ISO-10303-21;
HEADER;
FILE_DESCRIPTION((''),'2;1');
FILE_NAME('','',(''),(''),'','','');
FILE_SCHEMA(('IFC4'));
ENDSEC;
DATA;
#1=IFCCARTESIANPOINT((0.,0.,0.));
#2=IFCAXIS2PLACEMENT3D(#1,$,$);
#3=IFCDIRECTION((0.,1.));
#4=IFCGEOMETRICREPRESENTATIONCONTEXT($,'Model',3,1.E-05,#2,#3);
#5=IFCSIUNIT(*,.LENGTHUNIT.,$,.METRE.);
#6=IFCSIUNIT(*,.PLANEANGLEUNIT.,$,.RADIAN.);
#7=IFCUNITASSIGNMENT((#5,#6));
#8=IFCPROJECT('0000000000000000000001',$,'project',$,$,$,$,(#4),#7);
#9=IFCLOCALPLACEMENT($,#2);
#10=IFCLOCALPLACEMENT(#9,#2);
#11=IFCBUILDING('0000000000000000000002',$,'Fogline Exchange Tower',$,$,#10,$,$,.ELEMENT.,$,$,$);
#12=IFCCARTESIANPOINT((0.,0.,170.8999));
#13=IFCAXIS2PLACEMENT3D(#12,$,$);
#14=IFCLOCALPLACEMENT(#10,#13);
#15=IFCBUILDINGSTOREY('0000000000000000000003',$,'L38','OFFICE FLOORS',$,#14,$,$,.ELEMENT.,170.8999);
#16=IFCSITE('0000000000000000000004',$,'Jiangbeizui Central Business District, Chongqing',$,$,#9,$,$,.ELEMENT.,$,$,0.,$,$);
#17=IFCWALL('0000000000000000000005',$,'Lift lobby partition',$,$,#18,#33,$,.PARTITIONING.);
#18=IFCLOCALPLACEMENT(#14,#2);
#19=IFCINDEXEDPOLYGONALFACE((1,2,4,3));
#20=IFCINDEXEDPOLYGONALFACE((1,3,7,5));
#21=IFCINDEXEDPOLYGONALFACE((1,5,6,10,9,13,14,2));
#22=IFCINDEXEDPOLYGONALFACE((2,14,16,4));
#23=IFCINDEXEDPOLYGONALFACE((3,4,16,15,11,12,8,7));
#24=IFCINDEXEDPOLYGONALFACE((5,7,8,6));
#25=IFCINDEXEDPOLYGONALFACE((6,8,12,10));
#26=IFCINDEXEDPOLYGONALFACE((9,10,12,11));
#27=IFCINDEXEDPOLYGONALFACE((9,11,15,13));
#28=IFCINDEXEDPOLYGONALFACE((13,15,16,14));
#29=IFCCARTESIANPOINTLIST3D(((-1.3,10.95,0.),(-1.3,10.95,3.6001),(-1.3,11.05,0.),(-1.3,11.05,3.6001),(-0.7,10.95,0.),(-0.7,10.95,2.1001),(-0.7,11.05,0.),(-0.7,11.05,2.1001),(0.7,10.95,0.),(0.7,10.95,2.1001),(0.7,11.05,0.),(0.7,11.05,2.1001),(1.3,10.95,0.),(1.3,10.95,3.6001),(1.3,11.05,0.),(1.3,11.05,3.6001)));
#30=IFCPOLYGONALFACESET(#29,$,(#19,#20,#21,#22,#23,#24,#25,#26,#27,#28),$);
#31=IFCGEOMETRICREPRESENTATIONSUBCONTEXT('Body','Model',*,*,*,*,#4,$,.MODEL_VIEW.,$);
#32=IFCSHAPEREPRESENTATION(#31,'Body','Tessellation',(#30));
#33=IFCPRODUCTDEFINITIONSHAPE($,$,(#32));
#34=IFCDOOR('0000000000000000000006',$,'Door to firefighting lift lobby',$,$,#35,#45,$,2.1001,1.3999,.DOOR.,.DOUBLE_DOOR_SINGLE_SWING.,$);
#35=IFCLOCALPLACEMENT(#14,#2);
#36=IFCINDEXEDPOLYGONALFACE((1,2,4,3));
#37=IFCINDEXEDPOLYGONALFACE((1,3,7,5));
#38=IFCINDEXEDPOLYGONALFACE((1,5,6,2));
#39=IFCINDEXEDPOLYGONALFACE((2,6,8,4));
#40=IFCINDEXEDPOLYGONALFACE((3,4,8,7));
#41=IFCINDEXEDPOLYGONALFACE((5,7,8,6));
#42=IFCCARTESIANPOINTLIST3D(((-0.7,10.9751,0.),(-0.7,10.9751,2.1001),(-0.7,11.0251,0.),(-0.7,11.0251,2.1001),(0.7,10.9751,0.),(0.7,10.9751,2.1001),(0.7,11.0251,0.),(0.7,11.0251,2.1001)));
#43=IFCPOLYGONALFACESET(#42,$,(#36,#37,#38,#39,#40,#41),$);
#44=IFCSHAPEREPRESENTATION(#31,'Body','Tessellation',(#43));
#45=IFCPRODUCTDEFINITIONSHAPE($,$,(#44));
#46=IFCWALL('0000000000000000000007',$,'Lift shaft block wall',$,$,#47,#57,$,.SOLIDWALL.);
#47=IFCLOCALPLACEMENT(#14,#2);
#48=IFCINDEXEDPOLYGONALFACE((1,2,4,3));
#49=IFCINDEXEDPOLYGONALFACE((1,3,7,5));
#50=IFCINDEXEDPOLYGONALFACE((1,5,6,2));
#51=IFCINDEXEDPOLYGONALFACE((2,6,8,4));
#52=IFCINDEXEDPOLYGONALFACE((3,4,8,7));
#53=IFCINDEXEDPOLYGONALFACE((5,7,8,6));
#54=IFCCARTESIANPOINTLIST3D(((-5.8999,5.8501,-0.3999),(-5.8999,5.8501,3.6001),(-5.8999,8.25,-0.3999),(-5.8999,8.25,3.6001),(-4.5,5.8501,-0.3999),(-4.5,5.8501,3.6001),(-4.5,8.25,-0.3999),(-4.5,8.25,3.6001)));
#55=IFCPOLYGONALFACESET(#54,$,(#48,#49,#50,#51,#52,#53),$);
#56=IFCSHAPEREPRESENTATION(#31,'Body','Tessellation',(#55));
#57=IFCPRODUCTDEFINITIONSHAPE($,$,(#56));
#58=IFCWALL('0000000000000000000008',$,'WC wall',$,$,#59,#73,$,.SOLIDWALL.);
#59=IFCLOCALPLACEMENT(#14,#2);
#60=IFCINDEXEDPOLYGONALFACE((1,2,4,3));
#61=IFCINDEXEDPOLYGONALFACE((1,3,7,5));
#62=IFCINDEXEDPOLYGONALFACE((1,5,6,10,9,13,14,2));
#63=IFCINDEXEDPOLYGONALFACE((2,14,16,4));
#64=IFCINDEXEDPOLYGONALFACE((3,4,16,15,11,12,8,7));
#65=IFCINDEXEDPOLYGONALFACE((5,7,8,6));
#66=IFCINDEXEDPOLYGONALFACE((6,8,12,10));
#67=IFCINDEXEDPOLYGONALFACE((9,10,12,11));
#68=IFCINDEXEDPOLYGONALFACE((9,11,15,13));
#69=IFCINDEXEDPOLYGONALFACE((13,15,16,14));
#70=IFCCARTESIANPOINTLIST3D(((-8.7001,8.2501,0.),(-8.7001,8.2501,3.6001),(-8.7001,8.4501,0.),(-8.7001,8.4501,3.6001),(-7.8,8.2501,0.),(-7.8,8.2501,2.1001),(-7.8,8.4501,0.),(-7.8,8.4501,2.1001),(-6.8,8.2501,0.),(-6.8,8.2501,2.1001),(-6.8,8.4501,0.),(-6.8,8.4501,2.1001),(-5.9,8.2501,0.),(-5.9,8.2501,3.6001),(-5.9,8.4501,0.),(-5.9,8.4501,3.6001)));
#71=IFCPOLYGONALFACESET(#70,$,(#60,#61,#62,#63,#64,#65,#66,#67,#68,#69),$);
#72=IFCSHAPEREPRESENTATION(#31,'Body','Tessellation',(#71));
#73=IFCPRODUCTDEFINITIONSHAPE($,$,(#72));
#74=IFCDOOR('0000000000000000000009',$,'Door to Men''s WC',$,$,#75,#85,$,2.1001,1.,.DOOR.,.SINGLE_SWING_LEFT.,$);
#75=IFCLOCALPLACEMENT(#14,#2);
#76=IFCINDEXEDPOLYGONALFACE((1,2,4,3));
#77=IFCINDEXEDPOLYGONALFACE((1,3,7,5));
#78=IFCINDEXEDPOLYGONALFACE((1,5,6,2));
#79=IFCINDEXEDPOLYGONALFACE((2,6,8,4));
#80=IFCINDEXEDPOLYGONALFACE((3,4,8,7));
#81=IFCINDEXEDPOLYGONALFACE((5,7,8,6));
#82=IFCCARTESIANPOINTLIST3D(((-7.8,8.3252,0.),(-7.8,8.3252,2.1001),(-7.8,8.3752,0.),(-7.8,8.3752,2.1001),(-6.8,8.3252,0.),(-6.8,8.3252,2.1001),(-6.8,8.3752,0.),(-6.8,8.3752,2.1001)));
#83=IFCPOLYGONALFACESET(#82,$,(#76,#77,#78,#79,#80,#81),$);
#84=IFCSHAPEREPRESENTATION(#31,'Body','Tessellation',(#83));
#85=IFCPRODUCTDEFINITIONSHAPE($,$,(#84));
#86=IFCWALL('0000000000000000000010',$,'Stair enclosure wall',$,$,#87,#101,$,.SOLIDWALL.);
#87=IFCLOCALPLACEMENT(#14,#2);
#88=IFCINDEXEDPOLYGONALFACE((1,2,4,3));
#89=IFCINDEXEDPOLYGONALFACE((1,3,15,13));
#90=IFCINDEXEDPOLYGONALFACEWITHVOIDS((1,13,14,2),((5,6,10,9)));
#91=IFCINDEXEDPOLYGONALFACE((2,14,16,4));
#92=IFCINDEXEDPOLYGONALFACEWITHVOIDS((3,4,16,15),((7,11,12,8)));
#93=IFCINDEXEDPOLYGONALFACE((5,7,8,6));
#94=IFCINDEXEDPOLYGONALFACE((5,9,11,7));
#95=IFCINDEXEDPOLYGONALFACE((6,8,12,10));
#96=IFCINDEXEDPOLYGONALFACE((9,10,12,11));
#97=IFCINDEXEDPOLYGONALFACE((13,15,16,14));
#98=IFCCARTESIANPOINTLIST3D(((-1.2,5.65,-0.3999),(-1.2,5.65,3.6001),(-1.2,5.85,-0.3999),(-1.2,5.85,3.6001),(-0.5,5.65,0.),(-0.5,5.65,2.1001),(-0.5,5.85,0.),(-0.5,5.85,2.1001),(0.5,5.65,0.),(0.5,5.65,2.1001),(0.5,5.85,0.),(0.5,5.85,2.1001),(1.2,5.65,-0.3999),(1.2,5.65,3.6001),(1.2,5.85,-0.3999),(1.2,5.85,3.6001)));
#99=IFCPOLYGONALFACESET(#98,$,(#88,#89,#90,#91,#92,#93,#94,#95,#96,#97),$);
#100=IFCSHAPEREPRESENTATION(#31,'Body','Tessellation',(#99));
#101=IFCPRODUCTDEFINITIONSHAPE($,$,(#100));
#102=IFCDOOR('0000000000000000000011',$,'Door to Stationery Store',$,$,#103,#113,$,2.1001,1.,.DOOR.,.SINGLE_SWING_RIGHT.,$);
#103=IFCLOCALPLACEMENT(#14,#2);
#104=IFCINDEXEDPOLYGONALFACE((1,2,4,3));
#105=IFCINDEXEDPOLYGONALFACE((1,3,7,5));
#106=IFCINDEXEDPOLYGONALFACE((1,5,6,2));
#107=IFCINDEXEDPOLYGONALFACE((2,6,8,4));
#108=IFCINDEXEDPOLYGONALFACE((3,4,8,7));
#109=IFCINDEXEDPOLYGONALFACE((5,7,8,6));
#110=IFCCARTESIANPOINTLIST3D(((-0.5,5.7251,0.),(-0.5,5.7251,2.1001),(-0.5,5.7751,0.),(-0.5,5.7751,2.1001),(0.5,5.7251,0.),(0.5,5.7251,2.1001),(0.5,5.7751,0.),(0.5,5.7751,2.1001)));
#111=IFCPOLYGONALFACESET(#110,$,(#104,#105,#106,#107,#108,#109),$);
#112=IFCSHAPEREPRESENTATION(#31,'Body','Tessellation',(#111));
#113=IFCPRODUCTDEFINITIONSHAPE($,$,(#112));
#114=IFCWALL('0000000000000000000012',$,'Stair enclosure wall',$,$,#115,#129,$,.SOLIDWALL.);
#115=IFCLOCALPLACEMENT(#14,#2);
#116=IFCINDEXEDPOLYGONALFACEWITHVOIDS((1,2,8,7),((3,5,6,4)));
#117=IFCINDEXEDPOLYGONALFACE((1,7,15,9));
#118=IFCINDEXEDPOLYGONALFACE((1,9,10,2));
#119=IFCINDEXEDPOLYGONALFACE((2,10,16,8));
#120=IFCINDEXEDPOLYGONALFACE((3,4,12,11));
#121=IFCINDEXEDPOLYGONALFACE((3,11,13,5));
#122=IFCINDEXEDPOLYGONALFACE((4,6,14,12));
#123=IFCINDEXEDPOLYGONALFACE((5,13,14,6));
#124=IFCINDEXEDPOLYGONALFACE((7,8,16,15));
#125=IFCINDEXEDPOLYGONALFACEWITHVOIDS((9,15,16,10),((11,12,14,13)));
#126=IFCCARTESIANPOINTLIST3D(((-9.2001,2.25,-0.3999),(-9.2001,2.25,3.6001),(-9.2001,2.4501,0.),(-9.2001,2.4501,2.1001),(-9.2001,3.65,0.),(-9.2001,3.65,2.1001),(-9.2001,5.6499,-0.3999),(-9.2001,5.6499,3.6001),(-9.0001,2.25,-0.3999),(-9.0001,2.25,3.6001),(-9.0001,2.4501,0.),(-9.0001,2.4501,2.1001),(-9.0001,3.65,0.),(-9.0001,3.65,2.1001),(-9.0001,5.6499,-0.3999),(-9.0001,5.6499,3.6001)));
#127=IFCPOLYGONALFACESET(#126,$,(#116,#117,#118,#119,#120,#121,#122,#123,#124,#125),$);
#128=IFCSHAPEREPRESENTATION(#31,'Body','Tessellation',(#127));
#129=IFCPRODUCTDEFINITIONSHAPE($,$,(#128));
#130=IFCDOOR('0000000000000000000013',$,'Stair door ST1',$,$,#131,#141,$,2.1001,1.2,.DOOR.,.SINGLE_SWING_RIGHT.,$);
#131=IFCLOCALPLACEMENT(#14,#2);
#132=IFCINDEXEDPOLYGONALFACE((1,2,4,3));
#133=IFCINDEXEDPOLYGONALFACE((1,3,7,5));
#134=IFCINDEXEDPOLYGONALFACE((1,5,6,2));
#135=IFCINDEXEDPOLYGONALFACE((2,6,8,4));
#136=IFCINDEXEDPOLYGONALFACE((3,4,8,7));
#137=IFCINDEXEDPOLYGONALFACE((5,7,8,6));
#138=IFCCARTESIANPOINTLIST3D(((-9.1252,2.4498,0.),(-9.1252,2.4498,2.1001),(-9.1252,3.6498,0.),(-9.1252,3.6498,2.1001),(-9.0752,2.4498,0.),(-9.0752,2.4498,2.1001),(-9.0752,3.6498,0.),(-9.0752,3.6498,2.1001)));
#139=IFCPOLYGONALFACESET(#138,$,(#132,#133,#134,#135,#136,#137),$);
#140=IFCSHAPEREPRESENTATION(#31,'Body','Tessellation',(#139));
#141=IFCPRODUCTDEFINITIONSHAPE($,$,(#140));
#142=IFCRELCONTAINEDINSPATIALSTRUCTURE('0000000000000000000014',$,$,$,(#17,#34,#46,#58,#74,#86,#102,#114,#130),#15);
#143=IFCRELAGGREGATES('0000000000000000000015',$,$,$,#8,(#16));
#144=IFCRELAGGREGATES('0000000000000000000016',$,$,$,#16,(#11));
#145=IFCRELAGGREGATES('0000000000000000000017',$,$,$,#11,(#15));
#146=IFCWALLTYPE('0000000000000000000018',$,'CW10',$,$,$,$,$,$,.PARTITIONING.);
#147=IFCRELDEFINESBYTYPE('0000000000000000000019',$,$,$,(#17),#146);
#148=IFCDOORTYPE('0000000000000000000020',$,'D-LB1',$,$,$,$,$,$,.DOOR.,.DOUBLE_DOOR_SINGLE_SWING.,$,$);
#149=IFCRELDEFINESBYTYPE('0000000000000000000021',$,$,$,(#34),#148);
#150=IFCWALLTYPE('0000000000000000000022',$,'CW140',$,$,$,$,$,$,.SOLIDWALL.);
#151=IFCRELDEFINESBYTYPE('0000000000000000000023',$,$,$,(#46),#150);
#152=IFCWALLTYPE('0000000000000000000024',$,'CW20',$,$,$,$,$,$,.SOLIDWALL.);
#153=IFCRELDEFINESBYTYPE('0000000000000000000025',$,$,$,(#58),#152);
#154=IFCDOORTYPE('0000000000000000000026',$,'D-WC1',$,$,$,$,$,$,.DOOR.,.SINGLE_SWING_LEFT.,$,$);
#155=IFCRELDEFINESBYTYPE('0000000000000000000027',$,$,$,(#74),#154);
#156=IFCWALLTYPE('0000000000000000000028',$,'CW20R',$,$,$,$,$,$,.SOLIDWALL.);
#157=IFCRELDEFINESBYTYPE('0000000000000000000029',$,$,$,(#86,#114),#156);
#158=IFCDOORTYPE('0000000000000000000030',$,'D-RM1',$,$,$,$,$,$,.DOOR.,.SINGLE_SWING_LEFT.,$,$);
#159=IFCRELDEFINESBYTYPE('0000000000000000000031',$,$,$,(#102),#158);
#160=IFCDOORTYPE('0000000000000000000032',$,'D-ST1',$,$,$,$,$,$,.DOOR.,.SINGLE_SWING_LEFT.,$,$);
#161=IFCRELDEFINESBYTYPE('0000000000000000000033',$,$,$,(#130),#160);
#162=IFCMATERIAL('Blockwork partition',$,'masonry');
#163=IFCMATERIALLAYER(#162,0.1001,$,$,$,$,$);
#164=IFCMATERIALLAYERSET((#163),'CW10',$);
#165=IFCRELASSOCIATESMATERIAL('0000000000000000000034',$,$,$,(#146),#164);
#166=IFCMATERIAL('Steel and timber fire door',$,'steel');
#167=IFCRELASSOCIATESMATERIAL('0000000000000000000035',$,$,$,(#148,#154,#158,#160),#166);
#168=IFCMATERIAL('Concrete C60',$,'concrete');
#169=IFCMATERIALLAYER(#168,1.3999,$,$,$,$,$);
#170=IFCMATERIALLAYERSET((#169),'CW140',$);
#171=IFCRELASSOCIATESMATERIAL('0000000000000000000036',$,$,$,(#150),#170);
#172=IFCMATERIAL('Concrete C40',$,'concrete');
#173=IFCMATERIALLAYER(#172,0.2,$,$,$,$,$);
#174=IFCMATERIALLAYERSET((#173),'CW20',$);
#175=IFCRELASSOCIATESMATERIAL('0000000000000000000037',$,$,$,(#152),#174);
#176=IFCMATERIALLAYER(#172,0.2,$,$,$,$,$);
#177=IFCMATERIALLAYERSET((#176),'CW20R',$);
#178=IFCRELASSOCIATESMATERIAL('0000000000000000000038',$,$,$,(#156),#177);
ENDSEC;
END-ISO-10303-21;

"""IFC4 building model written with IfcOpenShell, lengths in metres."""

from ifc_helpers import new_model, si_unit, direction, frame, frame_2d, origin, place, context, subcontext, project, spatial, rectangle, extrude, material, layer, layer_set, type_object, element, fill, save


model = new_model("IFC4")

# Units and contexts
model_context = context("Model", 3, precision=1e-05, world=origin(), true_north=direction((0.0, 1.0)))
body_context = subcontext(model_context, "Body", "Model", "MODEL_VIEW")
ifc_project = project(units=[si_unit("LENGTHUNIT", "METRE"), si_unit("PLANEANGLEUNIT", "RADIAN")], contexts=[model_context])

# Site, building, storey
site_placement = place(None, origin())
site = spatial("IfcSite", under=ifc_project, at=site_placement, Name="Jiangbeizui Central Business District, Chongqing", CompositionType="ELEMENT", RefElevation=0.0)
building_placement = place(site_placement, origin())
building = spatial("IfcBuilding", under=site, at=building_placement, Name="Fogline Exchange Tower", CompositionType="ELEMENT")
storey_placement = place(building_placement, frame((0.0, 0.0, 170.8999)))
storey = spatial("IfcBuildingStorey", under=building, at=storey_placement, Name="L38", Description="OFFICE FLOORS", CompositionType="ELEMENT", Elevation=170.8999)

# Wall, opening, door
ifc_material_1 = material(Name="Blockwork partition", Category="masonry")
ifc_layer_1 = layer(ifc_material_1, 0.1001)
ifc_layer_set_1 = layer_set([ifc_layer_1], Name="CW10")
wall_type_1 = type_object("IfcWallType", Name="CW10", PredefinedType="PARTITIONING", material=ifc_layer_set_1)
wall_1_placement = place(storey_placement, frame((-1.3, 11.0, 0.0), z_axis=(0.0, 0.0, 1.0), x_axis=(1.0, 0.0, 0.0)))
wall_1 = element("IfcWall", 1, at=wall_1_placement, inside=storey, type_object=wall_type_1, Name="Lift lobby partition", PredefinedType="PARTITIONING", context=body_context, shape_type="SweptSolid", body=[
    extrude(rectangle(XDim=2.6001, YDim=0.1001, at=frame_2d((1.3, 0.0))), origin(), (0.0, 0.0, 1.0), 3.6001),
])
opening_1_placement = place(wall_1_placement, frame((0.6001, 0.0, 0.0)))
opening_1 = element("IfcOpeningElement", 2, at=opening_1_placement, cuts=wall_1, PredefinedType="OPENING", context=body_context, shape_type="SweptSolid", body=[
    extrude(rectangle(XDim=1.3999, YDim=2.1001, at=frame_2d((0.7, 1.05))), frame((0.0, 0.0601, 0.0), z_axis=(0.0, -1.0, 0.0), x_axis=(1.0, 0.0, 0.0)), (0.0, 0.0, 1.0), 0.1201),
])
ifc_material_2 = material(Name="Steel and timber fire door", Category="steel")
door_type_1 = type_object("IfcDoorType", Name="D-LB1", OperationType="DOUBLE_DOOR_SINGLE_SWING", PredefinedType="DOOR", material=ifc_material_2)
door_1_placement = place(opening_1_placement, frame((1.3999, 0.0, 0.0), z_axis=(0.0, 0.0, 1.0), x_axis=(-1.0, 0.0, 0.0)))
door_1 = element("IfcDoor", 3, at=door_1_placement, inside=storey, type_object=door_type_1, Name="Door to firefighting lift lobby", OperationType="DOUBLE_DOOR_SINGLE_SWING", OverallHeight=2.1001, OverallWidth=1.3999, PredefinedType="DOOR", context=body_context, shape_type="SweptSolid", body=[
    extrude(rectangle(XDim=1.3999, YDim=2.1001, at=frame_2d((0.7, 1.05))), frame((0.0, 0.0249, 0.0), z_axis=(0.0, -1.0, 0.0), x_axis=(1.0, 0.0, 0.0)), (0.0, 0.0, 1.0), 0.05),
])
fill(opening_1, door_1)

# Wall
ifc_material_3 = material(Name="Concrete C60", Category="concrete")
ifc_layer_2 = layer(ifc_material_3, 1.3999)
ifc_layer_set_2 = layer_set([ifc_layer_2], Name="CW140")
wall_type_2 = type_object("IfcWallType", Name="CW140", PredefinedType="SOLIDWALL", material=ifc_layer_set_2)
wall_2_placement = place(storey_placement, frame((-5.2, 5.8501, -0.3999), z_axis=(0.0, 0.0, 1.0), x_axis=(0.0, 1.0, 0.0)))
element("IfcWall", 4, at=wall_2_placement, inside=storey, type_object=wall_type_2, Name="Lift shaft block wall", PredefinedType="SOLIDWALL", context=body_context, shape_type="SweptSolid", body=[
    extrude(rectangle(XDim=2.3999, YDim=1.3999, at=frame_2d((1.2, 0.0))), origin(), (0.0, 0.0, 1.0), 4.0),
])

# Walls, openings, doors
ifc_material_4 = material(Name="Concrete C40", Category="concrete")
ifc_layer_3 = layer(ifc_material_4, 0.2)
ifc_layer_set_3 = layer_set([ifc_layer_3], Name="CW20")
wall_type_3 = type_object("IfcWallType", Name="CW20", PredefinedType="SOLIDWALL", material=ifc_layer_set_3)
wall_3_placement = place(storey_placement, frame((-8.7, 8.3501, 0.0), z_axis=(0.0, 0.0, 1.0), x_axis=(1.0, 0.0, 0.0)))
wall_3 = element("IfcWall", 5, at=wall_3_placement, inside=storey, type_object=wall_type_3, Name="WC wall", PredefinedType="SOLIDWALL", context=body_context, shape_type="SweptSolid", body=[
    extrude(rectangle(XDim=2.8, YDim=0.2, at=frame_2d((1.3999, 0.0))), origin(), (0.0, 0.0, 1.0), 3.6001),
])
opening_2_placement = place(wall_3_placement, frame((0.8999, 0.0, 0.0)))
opening_2 = element("IfcOpeningElement", 6, at=opening_2_placement, cuts=wall_3, PredefinedType="OPENING", context=body_context, shape_type="SweptSolid", body=[
    extrude(rectangle(XDim=1.0, YDim=2.1001, at=frame_2d((0.5, 1.05))), frame((0.0, 0.1099, 0.0), z_axis=(0.0, -1.0, 0.0), x_axis=(1.0, 0.0, 0.0)), (0.0, 0.0, 1.0), 0.22),
])
door_type_2 = type_object("IfcDoorType", Name="D-WC1", OperationType="SINGLE_SWING_LEFT", PredefinedType="DOOR", material=ifc_material_2)
door_2_placement = place(opening_2_placement, frame((1.0, 0.0, 0.0), z_axis=(0.0, 0.0, 1.0), x_axis=(-1.0, 0.0, 0.0)))
door_2 = element("IfcDoor", 7, at=door_2_placement, inside=storey, type_object=door_type_2, Name="Door to Men's WC", OperationType="SINGLE_SWING_LEFT", OverallHeight=2.1001, OverallWidth=1.0, PredefinedType="DOOR", context=body_context, shape_type="SweptSolid", body=[
    extrude(rectangle(XDim=1.0, YDim=2.1001, at=frame_2d((0.5, 1.05))), frame((0.0, 0.0249, 0.0), z_axis=(0.0, -1.0, 0.0), x_axis=(1.0, 0.0, 0.0)), (0.0, 0.0, 1.0), 0.05),
])
fill(opening_2, door_2)
ifc_layer_4 = layer(ifc_material_4, 0.2)
ifc_layer_set_4 = layer_set([ifc_layer_4], Name="CW20R")
wall_type_4 = type_object("IfcWallType", Name="CW20R", PredefinedType="SOLIDWALL", material=ifc_layer_set_4)
wall_4_placement = place(storey_placement, frame((-1.2, 5.75, -0.3999), z_axis=(0.0, 0.0, 1.0), x_axis=(1.0, 0.0, 0.0)))
wall_4 = element("IfcWall", 8, at=wall_4_placement, inside=storey, type_object=wall_type_4, Name="Stair enclosure wall", PredefinedType="SOLIDWALL", context=body_context, shape_type="SweptSolid", body=[
    extrude(rectangle(XDim=2.3999, YDim=0.2, at=frame_2d((1.2, 0.0))), origin(), (0.0, 0.0, 1.0), 4.0),
])
opening_3_placement = place(wall_4_placement, frame((0.7, 0.0, 0.3999)))
opening_3 = element("IfcOpeningElement", 9, at=opening_3_placement, cuts=wall_4, PredefinedType="OPENING", context=body_context, shape_type="SweptSolid", body=[
    extrude(rectangle(XDim=1.0, YDim=2.1001, at=frame_2d((0.5, 1.05))), frame((0.0, 0.1099, 0.0), z_axis=(0.0, -1.0, 0.0), x_axis=(1.0, 0.0, 0.0)), (0.0, 0.0, 1.0), 0.22),
])
door_type_3 = type_object("IfcDoorType", Name="D-RM1", OperationType="SINGLE_SWING_LEFT", PredefinedType="DOOR", material=ifc_material_2)
door_3_placement = place(opening_3_placement, frame((1.0, 0.0, 0.0), z_axis=(0.0, 0.0, 1.0), x_axis=(-1.0, 0.0, 0.0)))
door_3 = element("IfcDoor", 10, at=door_3_placement, inside=storey, type_object=door_type_3, Name="Door to Stationery Store", OperationType="SINGLE_SWING_RIGHT", OverallHeight=2.1001, OverallWidth=1.0, PredefinedType="DOOR", context=body_context, shape_type="SweptSolid", body=[
    extrude(rectangle(XDim=1.0, YDim=2.1001, at=frame_2d((0.5, 1.05))), frame((0.0, 0.0249, 0.0), z_axis=(0.0, -1.0, 0.0), x_axis=(1.0, 0.0, 0.0)), (0.0, 0.0, 1.0), 0.05),
])
fill(opening_3, door_3)
wall_5_placement = place(storey_placement, frame((-9.1001, 2.25, -0.3999), z_axis=(0.0, 0.0, 1.0), x_axis=(0.0, 1.0, 0.0)))
wall_5 = element("IfcWall", 11, at=wall_5_placement, inside=storey, type_object=wall_type_4, Name="Stair enclosure wall", PredefinedType="SOLIDWALL", context=body_context, shape_type="SweptSolid", body=[
    extrude(rectangle(XDim=3.3999, YDim=0.2, at=frame_2d((1.7, 0.0))), origin(), (0.0, 0.0, 1.0), 4.0),
])
opening_4_placement = place(wall_5_placement, frame((0.2, 0.0, 0.3999)))
opening_4 = element("IfcOpeningElement", 12, at=opening_4_placement, cuts=wall_5, PredefinedType="OPENING", context=body_context, shape_type="SweptSolid", body=[
    extrude(rectangle(XDim=1.2, YDim=2.1001, at=frame_2d((0.6001, 1.05))), frame((0.0, 0.1099, 0.0), z_axis=(0.0, -1.0, 0.0), x_axis=(1.0, 0.0, 0.0)), (0.0, 0.0, 1.0), 0.22),
])
door_type_4 = type_object("IfcDoorType", Name="D-ST1", OperationType="SINGLE_SWING_LEFT", PredefinedType="DOOR", material=ifc_material_2)
door_4_placement = place(opening_4_placement, frame((1.2, 0.0, 0.0), z_axis=(0.0, 0.0, 1.0), x_axis=(-1.0, 0.0, 0.0)))
door_4 = element("IfcDoor", 13, at=door_4_placement, inside=storey, type_object=door_type_4, Name="Stair door ST1", OperationType="SINGLE_SWING_RIGHT", OverallHeight=2.1001, OverallWidth=1.2, PredefinedType="DOOR", context=body_context, shape_type="SweptSolid", body=[
    extrude(rectangle(XDim=1.2, YDim=2.1001, at=frame_2d((0.6001, 1.05))), frame((0.0, 0.0249, 0.0), z_axis=(0.0, -1.0, 0.0), x_axis=(1.0, 0.0, 0.0)), (0.0, 0.0, 1.0), 0.05),
])
fill(opening_4, door_4)

save(model, "model.ifc")
